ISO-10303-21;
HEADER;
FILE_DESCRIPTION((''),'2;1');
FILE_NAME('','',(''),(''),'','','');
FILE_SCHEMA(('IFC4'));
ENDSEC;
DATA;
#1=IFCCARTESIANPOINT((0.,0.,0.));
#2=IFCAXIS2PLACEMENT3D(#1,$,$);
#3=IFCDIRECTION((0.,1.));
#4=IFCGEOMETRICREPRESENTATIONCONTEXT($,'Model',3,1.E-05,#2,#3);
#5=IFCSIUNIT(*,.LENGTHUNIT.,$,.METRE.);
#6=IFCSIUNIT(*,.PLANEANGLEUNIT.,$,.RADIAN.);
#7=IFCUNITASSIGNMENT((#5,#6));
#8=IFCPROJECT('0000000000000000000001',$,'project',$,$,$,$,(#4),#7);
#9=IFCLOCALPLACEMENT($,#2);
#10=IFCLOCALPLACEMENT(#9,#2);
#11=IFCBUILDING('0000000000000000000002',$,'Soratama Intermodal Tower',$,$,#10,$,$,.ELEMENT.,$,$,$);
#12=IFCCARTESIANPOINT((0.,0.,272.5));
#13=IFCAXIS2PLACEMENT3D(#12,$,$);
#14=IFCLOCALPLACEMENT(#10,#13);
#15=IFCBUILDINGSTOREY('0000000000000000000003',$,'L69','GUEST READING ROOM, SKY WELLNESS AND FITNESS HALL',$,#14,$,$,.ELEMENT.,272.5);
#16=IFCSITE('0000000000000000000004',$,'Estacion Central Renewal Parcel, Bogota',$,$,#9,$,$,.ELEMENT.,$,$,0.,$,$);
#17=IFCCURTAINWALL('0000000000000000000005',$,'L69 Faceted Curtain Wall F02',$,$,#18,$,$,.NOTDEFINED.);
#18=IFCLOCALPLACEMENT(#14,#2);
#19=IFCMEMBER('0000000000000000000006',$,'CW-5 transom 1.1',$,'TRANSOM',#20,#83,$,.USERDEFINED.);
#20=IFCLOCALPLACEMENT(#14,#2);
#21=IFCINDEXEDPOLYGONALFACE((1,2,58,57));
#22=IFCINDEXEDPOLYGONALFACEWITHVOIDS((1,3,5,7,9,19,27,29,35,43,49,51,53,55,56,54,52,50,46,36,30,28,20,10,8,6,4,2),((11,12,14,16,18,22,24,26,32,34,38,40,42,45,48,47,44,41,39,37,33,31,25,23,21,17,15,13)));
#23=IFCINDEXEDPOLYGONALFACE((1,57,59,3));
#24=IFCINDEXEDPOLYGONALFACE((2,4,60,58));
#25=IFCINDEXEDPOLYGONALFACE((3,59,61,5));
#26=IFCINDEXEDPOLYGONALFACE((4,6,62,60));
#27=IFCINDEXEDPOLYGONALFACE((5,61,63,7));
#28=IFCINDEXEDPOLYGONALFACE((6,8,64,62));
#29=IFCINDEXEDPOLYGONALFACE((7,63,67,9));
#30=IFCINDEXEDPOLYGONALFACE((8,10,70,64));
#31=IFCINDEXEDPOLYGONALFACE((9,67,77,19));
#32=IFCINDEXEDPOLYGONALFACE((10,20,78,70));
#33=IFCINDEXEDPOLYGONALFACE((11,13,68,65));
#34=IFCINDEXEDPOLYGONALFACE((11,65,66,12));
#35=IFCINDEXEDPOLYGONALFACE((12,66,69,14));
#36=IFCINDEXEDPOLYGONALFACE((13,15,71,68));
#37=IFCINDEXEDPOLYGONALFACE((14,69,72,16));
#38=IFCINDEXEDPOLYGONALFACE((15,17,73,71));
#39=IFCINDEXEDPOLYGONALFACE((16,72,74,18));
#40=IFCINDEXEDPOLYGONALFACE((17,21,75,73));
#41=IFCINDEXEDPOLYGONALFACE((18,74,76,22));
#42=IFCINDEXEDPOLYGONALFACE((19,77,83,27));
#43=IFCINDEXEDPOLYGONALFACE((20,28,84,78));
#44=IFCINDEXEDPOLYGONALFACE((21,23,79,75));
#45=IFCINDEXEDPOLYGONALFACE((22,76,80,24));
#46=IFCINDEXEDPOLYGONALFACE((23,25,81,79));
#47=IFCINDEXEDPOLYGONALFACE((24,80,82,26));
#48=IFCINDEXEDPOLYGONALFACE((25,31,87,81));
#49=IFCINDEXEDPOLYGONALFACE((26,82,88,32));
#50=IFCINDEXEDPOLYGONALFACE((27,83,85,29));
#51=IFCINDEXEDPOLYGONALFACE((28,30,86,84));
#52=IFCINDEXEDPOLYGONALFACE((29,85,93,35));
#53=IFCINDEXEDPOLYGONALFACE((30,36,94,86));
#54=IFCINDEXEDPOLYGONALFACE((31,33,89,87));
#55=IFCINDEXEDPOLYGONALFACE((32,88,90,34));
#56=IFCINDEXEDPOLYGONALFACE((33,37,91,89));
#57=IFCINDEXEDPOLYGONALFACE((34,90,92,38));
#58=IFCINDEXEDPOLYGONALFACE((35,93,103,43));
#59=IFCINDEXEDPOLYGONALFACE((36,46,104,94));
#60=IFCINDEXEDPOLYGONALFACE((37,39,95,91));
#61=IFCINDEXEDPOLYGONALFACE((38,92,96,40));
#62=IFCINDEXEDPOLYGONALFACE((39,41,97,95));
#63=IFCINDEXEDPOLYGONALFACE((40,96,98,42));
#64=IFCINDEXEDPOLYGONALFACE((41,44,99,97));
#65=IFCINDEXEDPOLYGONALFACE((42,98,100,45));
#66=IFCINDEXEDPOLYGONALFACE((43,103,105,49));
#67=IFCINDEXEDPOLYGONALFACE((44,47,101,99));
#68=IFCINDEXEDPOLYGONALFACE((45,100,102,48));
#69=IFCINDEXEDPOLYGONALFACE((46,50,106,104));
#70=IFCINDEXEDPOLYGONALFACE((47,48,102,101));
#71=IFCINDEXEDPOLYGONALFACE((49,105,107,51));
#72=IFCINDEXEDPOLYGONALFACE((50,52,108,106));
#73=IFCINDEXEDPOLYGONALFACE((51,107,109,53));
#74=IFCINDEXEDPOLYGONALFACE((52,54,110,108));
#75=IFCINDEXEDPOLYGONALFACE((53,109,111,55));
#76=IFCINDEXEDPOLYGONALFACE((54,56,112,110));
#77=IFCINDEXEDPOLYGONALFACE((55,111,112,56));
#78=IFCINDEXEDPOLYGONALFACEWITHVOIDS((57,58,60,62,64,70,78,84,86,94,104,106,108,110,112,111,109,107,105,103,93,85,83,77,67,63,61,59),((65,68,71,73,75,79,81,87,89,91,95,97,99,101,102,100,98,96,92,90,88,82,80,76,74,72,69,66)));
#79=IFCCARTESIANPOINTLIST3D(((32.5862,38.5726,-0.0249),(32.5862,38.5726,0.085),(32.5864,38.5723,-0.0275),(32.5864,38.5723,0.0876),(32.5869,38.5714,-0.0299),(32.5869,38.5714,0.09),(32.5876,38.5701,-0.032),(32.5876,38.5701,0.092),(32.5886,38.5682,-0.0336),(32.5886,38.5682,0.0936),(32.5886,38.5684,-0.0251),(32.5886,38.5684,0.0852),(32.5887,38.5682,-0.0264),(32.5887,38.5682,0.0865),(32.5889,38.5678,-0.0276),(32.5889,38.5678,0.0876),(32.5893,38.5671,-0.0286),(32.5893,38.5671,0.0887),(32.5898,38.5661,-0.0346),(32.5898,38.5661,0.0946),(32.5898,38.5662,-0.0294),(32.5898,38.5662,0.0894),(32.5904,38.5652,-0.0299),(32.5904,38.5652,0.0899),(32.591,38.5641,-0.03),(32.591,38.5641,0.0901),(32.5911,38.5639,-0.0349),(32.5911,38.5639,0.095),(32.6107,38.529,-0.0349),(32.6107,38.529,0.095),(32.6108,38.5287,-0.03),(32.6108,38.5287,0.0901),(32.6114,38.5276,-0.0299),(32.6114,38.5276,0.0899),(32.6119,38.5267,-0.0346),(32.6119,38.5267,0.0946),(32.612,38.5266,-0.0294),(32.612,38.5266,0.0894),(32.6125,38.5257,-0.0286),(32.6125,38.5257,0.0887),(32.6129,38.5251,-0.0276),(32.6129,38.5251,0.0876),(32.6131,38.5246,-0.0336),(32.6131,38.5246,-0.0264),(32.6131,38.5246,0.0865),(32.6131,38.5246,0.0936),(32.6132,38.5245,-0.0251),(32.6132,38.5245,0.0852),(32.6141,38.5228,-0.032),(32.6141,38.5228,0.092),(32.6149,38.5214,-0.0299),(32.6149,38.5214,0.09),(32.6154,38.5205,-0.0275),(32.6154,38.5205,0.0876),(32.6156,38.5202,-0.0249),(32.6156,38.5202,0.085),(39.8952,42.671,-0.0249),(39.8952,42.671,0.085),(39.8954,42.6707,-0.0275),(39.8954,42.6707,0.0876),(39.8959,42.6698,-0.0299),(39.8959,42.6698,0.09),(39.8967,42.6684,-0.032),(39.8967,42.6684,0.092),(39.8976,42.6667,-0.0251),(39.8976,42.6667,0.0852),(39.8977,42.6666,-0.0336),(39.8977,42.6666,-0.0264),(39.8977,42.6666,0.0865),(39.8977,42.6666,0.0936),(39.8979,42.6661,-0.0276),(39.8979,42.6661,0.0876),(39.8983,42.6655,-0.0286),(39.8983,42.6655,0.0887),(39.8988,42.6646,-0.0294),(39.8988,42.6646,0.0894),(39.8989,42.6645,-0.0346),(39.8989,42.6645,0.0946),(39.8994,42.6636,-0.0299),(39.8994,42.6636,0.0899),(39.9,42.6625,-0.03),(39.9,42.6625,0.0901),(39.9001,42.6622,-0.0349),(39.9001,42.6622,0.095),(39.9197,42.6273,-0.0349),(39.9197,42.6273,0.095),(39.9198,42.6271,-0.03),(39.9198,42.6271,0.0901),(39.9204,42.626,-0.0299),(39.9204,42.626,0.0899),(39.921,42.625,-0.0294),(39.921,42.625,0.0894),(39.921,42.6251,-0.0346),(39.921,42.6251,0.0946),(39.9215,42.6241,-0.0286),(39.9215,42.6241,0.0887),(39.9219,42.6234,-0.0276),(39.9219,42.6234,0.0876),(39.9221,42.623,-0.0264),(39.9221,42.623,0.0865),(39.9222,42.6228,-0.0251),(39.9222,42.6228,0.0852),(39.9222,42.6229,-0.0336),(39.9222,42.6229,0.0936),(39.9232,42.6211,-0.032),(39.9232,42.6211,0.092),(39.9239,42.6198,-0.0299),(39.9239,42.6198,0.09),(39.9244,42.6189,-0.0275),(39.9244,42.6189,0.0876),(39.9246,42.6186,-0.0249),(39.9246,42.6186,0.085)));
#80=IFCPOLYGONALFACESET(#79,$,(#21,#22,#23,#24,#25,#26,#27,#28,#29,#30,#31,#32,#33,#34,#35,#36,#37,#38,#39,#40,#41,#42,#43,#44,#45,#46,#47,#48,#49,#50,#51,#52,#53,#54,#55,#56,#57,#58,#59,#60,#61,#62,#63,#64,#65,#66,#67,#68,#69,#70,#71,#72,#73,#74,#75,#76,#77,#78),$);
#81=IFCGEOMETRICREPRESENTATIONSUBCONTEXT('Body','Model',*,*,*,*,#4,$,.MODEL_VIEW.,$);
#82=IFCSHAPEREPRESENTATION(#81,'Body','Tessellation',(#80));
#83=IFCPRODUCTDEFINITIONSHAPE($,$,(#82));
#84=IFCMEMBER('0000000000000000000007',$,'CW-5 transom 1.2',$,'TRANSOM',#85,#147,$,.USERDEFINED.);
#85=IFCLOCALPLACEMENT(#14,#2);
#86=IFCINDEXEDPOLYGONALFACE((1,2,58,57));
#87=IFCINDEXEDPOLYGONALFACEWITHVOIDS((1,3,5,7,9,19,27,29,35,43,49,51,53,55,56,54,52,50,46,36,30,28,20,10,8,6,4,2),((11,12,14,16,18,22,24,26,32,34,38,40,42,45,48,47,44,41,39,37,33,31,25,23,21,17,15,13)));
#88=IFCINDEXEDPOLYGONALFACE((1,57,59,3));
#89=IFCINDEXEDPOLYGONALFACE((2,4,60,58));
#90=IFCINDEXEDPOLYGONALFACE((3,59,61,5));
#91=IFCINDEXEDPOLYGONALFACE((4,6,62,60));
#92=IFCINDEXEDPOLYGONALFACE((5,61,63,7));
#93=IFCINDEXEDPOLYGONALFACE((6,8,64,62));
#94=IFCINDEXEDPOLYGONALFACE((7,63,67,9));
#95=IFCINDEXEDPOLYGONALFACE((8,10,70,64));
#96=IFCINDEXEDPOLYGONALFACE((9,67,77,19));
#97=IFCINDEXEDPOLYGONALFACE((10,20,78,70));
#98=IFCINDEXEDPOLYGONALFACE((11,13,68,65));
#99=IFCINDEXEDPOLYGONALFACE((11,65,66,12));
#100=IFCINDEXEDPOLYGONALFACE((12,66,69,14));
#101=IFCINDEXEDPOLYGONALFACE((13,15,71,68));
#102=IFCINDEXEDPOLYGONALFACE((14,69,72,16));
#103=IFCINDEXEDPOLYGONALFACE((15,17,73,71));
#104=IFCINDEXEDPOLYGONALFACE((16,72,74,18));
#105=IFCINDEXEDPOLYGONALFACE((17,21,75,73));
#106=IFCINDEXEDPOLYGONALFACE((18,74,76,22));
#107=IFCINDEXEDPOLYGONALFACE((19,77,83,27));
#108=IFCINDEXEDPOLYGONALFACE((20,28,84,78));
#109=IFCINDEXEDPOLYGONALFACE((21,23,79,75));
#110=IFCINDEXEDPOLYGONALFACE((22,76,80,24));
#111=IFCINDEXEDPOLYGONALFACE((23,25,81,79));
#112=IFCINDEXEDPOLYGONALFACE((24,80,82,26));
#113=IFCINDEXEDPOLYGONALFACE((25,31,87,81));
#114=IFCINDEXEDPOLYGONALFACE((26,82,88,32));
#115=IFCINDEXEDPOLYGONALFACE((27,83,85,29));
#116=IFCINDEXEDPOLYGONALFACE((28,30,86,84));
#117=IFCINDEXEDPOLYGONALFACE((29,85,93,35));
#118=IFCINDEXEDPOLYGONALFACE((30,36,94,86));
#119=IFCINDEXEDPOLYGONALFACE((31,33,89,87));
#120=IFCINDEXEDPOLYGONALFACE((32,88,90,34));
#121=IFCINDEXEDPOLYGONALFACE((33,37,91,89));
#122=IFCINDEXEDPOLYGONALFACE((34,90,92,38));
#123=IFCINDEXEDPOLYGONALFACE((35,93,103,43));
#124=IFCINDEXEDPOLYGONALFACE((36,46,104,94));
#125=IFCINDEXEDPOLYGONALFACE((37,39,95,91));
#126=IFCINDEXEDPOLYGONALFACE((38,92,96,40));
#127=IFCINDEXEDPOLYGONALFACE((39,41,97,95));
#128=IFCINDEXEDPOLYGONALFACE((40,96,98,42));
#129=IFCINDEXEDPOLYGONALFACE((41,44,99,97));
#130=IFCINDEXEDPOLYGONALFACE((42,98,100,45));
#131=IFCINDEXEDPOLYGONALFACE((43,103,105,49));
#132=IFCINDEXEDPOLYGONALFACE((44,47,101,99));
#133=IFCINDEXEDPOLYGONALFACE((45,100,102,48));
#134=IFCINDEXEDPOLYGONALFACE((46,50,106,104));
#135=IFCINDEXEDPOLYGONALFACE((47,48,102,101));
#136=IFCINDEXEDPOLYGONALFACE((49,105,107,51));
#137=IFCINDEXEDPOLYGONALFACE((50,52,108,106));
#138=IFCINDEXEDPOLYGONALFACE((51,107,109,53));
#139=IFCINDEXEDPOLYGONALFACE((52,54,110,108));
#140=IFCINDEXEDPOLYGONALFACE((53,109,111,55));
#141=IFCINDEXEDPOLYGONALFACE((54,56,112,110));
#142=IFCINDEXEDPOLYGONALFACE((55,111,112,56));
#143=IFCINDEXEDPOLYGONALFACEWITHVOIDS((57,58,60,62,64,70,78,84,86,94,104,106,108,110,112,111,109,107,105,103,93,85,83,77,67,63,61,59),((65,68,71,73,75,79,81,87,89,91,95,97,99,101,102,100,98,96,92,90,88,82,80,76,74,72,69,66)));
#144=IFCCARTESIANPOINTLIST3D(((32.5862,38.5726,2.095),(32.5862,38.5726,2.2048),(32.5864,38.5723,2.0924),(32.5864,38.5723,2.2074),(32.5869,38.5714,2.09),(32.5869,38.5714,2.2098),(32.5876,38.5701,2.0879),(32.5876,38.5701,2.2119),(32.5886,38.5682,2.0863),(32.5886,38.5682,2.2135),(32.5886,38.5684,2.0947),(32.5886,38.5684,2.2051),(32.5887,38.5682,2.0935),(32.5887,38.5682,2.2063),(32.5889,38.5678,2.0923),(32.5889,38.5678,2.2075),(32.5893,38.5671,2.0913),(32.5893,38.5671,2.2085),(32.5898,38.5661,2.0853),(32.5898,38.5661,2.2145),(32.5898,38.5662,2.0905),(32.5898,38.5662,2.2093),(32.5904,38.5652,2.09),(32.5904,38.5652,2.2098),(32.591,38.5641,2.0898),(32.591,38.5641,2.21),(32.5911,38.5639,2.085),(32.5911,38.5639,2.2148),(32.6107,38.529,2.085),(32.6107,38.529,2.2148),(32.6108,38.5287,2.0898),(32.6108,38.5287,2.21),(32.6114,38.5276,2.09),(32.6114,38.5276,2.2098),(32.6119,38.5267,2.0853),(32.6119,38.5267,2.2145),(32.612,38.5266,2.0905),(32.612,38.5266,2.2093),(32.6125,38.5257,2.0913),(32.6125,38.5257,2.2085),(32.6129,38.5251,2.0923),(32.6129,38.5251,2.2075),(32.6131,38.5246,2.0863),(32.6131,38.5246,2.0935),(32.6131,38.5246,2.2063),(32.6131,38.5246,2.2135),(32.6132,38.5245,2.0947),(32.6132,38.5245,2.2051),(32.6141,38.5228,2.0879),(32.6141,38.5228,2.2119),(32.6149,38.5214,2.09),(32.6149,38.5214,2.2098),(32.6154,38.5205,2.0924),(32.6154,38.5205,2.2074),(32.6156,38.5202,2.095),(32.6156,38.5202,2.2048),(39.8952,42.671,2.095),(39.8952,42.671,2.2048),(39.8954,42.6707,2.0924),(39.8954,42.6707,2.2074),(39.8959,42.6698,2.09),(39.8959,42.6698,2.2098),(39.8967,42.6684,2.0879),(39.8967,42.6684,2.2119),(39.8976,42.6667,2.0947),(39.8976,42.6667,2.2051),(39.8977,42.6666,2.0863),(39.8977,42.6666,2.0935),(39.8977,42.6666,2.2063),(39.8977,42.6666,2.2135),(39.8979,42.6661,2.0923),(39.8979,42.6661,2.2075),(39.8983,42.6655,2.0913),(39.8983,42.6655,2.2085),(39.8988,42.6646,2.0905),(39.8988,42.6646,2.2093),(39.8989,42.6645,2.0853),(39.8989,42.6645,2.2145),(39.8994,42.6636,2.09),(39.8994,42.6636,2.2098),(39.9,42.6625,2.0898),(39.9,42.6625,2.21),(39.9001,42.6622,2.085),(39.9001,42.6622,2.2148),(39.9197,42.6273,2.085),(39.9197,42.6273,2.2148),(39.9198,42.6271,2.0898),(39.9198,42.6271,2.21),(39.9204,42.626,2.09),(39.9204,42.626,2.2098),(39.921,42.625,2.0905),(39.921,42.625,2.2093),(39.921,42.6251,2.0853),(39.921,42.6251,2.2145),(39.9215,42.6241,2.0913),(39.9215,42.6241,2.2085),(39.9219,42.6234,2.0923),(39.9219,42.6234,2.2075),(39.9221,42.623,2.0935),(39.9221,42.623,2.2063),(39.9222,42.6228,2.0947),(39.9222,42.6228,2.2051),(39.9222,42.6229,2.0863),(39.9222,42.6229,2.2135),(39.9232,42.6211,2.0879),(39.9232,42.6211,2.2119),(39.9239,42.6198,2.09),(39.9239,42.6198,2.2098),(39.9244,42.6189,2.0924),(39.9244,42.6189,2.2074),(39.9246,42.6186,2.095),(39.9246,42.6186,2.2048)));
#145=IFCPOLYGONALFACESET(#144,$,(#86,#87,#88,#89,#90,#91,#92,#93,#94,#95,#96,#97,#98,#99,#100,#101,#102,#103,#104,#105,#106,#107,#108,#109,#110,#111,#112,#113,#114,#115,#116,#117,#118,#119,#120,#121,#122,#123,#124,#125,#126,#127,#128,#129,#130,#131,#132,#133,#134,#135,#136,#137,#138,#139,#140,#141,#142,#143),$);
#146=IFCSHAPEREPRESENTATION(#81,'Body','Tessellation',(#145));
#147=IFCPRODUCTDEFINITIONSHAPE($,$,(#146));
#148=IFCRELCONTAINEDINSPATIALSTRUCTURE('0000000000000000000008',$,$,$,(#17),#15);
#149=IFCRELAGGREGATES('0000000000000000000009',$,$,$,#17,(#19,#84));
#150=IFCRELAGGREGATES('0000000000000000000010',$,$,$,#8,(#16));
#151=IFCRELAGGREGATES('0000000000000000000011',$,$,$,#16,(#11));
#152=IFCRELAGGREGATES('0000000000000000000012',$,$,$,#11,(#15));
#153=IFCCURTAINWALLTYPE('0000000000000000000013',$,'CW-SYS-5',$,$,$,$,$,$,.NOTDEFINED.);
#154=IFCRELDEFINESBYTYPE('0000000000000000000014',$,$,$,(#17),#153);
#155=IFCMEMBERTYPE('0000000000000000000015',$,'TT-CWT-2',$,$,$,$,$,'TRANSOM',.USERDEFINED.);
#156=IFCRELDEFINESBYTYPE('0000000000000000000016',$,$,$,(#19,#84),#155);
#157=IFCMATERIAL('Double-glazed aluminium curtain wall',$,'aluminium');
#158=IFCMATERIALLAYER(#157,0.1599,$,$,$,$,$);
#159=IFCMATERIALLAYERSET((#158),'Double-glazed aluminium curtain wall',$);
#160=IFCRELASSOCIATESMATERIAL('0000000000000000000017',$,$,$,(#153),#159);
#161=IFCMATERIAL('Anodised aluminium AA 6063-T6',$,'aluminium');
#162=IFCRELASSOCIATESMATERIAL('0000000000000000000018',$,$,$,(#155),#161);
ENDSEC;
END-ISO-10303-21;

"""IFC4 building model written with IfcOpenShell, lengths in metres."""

from ifc_helpers import new_model, si_unit, direction, frame, origin, origin_2d, place, context, subcontext, project, spatial, hollow_rectangle, extrude, material, layer, layer_set, material_profile, profile_set, type_object, element, aggregate, save


model = new_model("IFC4")

# Units and contexts
model_context = context("Model", 3, precision=1e-05, world=origin(), true_north=direction((0.0, 1.0)))
body_context = subcontext(model_context, "Body", "Model", "MODEL_VIEW")
ifc_project = project(units=[si_unit("LENGTHUNIT", "METRE"), si_unit("PLANEANGLEUNIT", "RADIAN")], contexts=[model_context])

# Site, building, storey
site_placement = place(None, origin())
site = spatial("IfcSite", under=ifc_project, at=site_placement, Name="Estacion Central Renewal Parcel, Bogota", CompositionType="ELEMENT", RefElevation=0.0)
building_placement = place(site_placement, origin())
building = spatial("IfcBuilding", under=site, at=building_placement, Name="Soratama Intermodal Tower", CompositionType="ELEMENT")
storey_placement = place(building_placement, frame((0.0, 0.0, 272.5)))
storey = spatial("IfcBuildingStorey", under=building, at=storey_placement, Name="L69", Description="GUEST READING ROOM, SKY WELLNESS AND FITNESS HALL", CompositionType="ELEMENT", Elevation=272.5)

# Curtain wall, members
ifc_material_1 = material(Name="Double-glazed aluminium curtain wall", Category="aluminium")
ifc_layer_1 = layer(ifc_material_1, 0.1599)
ifc_layer_set_1 = layer_set([ifc_layer_1], Name="Double-glazed aluminium curtain wall")
curtain_wall_type = type_object("IfcCurtainWallType", Name="CW-SYS-5", PredefinedType="NOTDEFINED", material=ifc_layer_set_1)
curtain_wall_placement = place(storey_placement, origin())
curtain_wall = element("IfcCurtainWall", 1, at=curtain_wall_placement, inside=storey, type_object=curtain_wall_type, Name="L69 Faceted Curtain Wall F02", PredefinedType="NOTDEFINED")
ifc_material_2 = material(Name="Anodised aluminium AA 6063-T6", Category="aluminium")
ifc_material_profile_1 = material_profile(ifc_material_2, hollow_rectangle(XDim=0.0601, YDim=0.1299, WallThickness=0.0049, InnerFilletRadius=0.0049, OuterFilletRadius=0.01, at=origin_2d()), Name="CWT130X60X5")
ifc_profile_set_1 = profile_set([ifc_material_profile_1], Name="Anodised aluminium AA 6063-T6")
member_type_1 = type_object("IfcMemberType", Name="TT-CWT-2", ElementType="TRANSOM", PredefinedType="USERDEFINED", material=ifc_profile_set_1)
member_1_placement = place(storey_placement, frame((39.9099, 42.6448, 0.03), z_axis=(-0.872236, -0.489085, 0.0), x_axis=(0.489085, -0.872236, 0.0)))
member_1 = element("IfcMember", 2, at=member_1_placement, type_object=member_type_1, Name="CW-5 transom 1.1", ObjectType="TRANSOM", PredefinedType="USERDEFINED", context=body_context, shape_type="SweptSolid", body=[
    extrude(hollow_rectangle(XDim=0.0601, YDim=0.1299, WallThickness=0.0049, InnerFilletRadius=0.0049, OuterFilletRadius=0.01, at=origin_2d()), origin(), (0.0, 0.0, 1.0), 8.3796),
])
member_2_placement = place(storey_placement, frame((39.9099, 42.6448, 2.1499), z_axis=(-0.872236, -0.489085, 0.0), x_axis=(0.489085, -0.872236, 0.0)))
member_2 = element("IfcMember", 3, at=member_2_placement, type_object=member_type_1, Name="CW-5 transom 1.2", ObjectType="TRANSOM", PredefinedType="USERDEFINED", context=body_context, shape_type="SweptSolid", body=[
    extrude(hollow_rectangle(XDim=0.0601, YDim=0.1299, WallThickness=0.0049, InnerFilletRadius=0.0049, OuterFilletRadius=0.01, at=origin_2d()), origin(), (0.0, 0.0, 1.0), 8.3796),
])
aggregate(curtain_wall, [member_1, member_2])

save(model, "model.ifc")
